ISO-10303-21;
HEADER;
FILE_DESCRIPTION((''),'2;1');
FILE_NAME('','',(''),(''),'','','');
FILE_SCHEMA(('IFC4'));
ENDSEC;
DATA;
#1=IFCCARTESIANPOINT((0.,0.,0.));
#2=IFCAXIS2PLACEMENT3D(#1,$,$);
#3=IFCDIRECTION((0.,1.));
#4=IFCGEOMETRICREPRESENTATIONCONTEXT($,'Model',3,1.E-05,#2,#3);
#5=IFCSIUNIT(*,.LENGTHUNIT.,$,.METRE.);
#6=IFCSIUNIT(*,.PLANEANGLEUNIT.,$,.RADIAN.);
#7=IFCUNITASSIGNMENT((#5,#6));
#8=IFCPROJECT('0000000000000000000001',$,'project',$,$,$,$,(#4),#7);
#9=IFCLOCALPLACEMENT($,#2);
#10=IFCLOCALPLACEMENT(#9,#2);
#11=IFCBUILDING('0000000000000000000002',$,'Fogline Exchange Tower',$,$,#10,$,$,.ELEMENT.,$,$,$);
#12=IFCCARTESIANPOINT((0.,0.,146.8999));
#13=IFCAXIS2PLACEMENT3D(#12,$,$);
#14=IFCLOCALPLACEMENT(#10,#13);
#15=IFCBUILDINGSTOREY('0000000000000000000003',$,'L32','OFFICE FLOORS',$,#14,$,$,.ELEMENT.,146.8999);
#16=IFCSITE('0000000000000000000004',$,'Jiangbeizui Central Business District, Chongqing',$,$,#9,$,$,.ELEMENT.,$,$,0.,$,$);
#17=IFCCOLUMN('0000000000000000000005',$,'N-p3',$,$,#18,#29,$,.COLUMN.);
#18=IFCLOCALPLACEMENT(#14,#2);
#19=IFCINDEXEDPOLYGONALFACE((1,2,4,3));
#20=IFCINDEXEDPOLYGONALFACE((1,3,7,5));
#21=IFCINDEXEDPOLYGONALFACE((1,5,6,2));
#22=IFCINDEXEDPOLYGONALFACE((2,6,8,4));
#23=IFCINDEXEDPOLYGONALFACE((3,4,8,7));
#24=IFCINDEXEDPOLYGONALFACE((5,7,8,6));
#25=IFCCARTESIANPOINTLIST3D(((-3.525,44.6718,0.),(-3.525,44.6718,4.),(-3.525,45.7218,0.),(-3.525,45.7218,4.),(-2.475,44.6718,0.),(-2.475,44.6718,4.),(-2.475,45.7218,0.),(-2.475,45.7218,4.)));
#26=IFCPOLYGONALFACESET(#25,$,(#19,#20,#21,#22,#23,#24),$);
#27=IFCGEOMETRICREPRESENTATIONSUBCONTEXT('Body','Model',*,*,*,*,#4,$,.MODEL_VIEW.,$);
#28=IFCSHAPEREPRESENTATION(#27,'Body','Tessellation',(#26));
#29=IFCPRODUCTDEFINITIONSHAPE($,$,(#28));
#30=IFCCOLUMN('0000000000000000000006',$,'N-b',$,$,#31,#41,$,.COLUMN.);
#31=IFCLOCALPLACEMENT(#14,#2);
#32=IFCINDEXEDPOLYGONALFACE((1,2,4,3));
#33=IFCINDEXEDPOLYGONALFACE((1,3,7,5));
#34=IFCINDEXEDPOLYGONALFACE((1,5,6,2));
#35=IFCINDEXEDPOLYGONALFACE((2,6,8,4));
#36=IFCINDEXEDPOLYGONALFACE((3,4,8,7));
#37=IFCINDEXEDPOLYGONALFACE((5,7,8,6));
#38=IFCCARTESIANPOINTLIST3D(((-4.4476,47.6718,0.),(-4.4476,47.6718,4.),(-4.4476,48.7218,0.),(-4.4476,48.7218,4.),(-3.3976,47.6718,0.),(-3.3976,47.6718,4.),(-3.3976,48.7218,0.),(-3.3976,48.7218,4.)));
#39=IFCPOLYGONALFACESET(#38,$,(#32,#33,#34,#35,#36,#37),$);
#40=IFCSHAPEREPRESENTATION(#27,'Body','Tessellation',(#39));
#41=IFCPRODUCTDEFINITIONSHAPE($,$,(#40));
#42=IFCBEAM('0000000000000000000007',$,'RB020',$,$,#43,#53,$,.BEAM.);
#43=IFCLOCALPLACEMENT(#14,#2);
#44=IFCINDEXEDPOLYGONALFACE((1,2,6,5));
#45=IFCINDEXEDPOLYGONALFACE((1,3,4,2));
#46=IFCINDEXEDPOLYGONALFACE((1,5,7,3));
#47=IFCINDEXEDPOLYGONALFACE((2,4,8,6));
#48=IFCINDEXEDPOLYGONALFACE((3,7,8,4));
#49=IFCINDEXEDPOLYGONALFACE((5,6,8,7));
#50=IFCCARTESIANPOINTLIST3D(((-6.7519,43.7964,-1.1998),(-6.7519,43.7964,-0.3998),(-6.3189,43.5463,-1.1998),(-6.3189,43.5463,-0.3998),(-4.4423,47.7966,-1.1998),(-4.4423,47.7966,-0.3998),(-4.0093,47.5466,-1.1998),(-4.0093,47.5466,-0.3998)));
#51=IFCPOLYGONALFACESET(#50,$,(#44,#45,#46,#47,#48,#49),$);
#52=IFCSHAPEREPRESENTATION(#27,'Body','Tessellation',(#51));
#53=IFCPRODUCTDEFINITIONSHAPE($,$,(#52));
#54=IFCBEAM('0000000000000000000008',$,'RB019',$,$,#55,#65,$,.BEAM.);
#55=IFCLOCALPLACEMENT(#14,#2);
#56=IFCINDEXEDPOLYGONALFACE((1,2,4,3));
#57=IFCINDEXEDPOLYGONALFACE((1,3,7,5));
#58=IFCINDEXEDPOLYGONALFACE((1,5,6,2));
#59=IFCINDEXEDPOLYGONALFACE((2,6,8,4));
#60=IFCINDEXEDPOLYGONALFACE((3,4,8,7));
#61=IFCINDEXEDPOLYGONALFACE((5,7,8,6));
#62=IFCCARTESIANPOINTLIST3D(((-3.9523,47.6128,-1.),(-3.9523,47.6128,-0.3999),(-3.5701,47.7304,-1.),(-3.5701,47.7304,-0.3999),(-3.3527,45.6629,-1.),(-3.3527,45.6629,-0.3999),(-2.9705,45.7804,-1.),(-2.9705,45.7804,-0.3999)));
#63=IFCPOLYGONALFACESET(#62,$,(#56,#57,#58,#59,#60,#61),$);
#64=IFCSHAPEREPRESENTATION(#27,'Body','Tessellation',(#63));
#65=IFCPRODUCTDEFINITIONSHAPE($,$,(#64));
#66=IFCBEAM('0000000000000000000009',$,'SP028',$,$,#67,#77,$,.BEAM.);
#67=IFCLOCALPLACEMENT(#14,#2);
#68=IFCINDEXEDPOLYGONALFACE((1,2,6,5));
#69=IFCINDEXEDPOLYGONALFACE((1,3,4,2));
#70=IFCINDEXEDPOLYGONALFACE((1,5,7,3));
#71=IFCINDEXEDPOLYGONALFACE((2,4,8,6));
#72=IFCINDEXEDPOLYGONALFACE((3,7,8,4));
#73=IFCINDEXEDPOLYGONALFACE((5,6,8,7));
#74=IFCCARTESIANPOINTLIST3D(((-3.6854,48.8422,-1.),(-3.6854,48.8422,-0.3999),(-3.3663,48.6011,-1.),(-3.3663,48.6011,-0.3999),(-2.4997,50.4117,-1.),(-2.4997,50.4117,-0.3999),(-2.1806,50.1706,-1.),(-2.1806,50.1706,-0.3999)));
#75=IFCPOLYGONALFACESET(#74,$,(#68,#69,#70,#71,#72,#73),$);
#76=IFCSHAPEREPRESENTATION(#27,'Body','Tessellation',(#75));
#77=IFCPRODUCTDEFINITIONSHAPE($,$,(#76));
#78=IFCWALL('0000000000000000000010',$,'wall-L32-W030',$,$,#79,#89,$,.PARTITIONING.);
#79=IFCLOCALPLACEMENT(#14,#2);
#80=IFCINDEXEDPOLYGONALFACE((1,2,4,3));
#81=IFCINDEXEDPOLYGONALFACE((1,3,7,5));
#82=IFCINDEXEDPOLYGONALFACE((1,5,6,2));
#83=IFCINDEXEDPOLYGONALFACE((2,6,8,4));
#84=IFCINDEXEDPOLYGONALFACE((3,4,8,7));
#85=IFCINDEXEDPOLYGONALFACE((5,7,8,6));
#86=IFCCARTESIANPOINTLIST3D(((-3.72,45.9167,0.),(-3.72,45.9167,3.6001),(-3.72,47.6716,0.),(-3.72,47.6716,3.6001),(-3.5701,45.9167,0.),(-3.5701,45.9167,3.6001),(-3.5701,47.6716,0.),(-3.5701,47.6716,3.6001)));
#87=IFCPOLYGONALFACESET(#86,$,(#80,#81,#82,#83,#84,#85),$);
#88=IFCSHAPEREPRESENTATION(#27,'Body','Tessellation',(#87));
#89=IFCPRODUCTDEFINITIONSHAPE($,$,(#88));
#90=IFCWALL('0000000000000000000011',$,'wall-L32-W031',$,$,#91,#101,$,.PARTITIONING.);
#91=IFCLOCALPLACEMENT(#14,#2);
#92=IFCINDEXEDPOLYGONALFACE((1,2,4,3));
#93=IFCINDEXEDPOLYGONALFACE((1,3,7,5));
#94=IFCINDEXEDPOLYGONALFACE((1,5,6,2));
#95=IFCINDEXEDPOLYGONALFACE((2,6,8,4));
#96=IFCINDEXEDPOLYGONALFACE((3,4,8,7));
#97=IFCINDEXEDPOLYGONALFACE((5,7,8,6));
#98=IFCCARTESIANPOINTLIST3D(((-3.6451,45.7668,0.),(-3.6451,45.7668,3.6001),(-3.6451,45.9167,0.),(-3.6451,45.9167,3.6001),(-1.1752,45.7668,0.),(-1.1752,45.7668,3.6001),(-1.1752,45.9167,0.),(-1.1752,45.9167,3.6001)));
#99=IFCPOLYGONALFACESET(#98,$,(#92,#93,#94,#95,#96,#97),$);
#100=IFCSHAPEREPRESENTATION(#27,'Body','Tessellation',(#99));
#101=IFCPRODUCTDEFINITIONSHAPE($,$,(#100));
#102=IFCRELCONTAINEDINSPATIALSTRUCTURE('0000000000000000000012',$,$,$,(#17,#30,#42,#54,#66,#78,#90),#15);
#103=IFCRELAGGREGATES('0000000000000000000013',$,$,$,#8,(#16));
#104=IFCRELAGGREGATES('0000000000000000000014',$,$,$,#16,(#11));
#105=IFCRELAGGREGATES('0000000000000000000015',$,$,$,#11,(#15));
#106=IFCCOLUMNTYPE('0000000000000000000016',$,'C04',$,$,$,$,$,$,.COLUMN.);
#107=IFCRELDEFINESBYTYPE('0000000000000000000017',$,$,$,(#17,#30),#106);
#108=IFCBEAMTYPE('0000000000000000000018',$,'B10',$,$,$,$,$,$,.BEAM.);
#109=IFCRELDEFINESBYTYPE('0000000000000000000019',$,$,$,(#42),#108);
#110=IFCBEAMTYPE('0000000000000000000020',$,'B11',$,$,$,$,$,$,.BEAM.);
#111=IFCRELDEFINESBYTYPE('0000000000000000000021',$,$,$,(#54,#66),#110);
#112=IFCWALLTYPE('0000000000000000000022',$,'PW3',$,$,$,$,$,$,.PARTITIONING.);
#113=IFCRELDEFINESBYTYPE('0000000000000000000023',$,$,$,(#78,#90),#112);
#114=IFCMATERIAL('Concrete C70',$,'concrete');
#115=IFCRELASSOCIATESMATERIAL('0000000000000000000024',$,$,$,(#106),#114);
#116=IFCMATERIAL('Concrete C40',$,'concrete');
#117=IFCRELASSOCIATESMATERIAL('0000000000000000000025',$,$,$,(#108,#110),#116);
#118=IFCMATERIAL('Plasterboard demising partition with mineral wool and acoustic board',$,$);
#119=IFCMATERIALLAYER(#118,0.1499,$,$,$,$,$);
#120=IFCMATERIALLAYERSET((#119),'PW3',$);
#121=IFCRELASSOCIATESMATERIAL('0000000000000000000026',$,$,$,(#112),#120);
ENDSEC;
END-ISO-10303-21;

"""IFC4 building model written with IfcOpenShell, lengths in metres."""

from ifc_helpers import new_model, si_unit, direction, frame, frame_2d, origin, origin_2d, place, context, subcontext, project, spatial, rectangle, extrude, material, layer, layer_set, material_profile, profile_set, type_object, element, save


model = new_model("IFC4")

# Units and contexts
model_context = context("Model", 3, precision=1e-05, world=origin(), true_north=direction((0.0, 1.0)))
body_context = subcontext(model_context, "Body", "Model", "MODEL_VIEW")
ifc_project = project(units=[si_unit("LENGTHUNIT", "METRE"), si_unit("PLANEANGLEUNIT", "RADIAN")], contexts=[model_context])

# Site, building, storey
site_placement = place(None, origin())
site = spatial("IfcSite", under=ifc_project, at=site_placement, Name="Jiangbeizui Central Business District, Chongqing", CompositionType="ELEMENT", RefElevation=0.0)
building_placement = place(site_placement, origin())
building = spatial("IfcBuilding", under=site, at=building_placement, Name="Fogline Exchange Tower", CompositionType="ELEMENT")
storey_placement = place(building_placement, frame((0.0, 0.0, 146.8999)))
storey = spatial("IfcBuildingStorey", under=building, at=storey_placement, Name="L32", Description="OFFICE FLOORS", CompositionType="ELEMENT", Elevation=146.8999)

# Columns
ifc_material_1 = material(Name="Concrete C70", Category="concrete")
ifc_material_profile_1 = material_profile(ifc_material_1, rectangle(XDim=1.05, YDim=1.05, at=origin_2d()), Name="RC 1050x1050")
ifc_profile_set_1 = profile_set([ifc_material_profile_1], Name="Concrete C70")
column_type = type_object("IfcColumnType", Name="C04", PredefinedType="COLUMN", material=ifc_profile_set_1)
for number, where, z_axis, x_axis, name in (
    (1, (-3.0, 45.1968, 0.0), (0.0, 0.0, 1.0), (1.0, 0.0, 0.0), "N-p3"),
    (2, (-3.9226, 48.1968, 0.0), (0.0, 0.0, 1.0), (1.0, 0.0, 0.0), "N-b"),
):
    element("IfcColumn", number, at=place(storey_placement, frame(where, z_axis=z_axis, x_axis=x_axis)), inside=storey, type_object=column_type, Name=name, PredefinedType="COLUMN", context=body_context, shape_type="SweptSolid", body=[
        extrude(rectangle(XDim=1.05, YDim=1.05, at=origin_2d()), origin(), (0.0, 0.0, 1.0), 4.0),
    ])

# Beams
ifc_material_2 = material(Name="Concrete C40", Category="concrete")
ifc_material_profile_2 = material_profile(ifc_material_2, rectangle(XDim=0.5, YDim=0.8, at=origin_2d()), Name="RC 500x800")
ifc_profile_set_2 = profile_set([ifc_material_profile_2], Name="Concrete C40")
beam_type_1 = type_object("IfcBeamType", Name="B10", PredefinedType="BEAM", material=ifc_profile_set_2)
beam_1_placement = place(storey_placement, frame((-4.2258, 47.6716, -0.7998), z_axis=(-0.500005, -0.866023, 0.0), x_axis=(0.866023, -0.500005, 0.0)))
element("IfcBeam", 3, at=beam_1_placement, inside=storey, type_object=beam_type_1, Name="RB020", PredefinedType="BEAM", context=body_context, shape_type="SweptSolid", body=[
    extrude(rectangle(XDim=0.5, YDim=0.8, at=origin_2d()), origin(), (0.0, 0.0, 1.0), 4.6191),
])
ifc_material_profile_3 = material_profile(ifc_material_2, rectangle(XDim=0.3999, YDim=0.6001, at=origin_2d()), Name="RC 400x600")
ifc_profile_set_3 = profile_set([ifc_material_profile_3], Name="Concrete C40")
beam_type_2 = type_object("IfcBeamType", Name="B11", PredefinedType="BEAM", material=ifc_profile_set_3)
beam_2_placement = place(storey_placement, frame((-3.1616, 45.7217, -0.7), z_axis=(-0.293918, 0.955831, 0.0), x_axis=(-0.955831, -0.293918, 0.0)))
element("IfcBeam", 4, at=beam_2_placement, inside=storey, type_object=beam_type_2, Name="RB019", PredefinedType="BEAM", context=body_context, shape_type="SweptSolid", body=[
    extrude(rectangle(XDim=0.3999, YDim=0.6001, at=origin_2d()), origin(), (0.0, 0.0, 1.0), 2.04),
])
beam_3_placement = place(storey_placement, frame((-3.5259, 48.7217, -0.7), z_axis=(0.602796, 0.797895, 0.0), x_axis=(-0.797895, 0.602796, 0.0)))
element("IfcBeam", 5, at=beam_3_placement, inside=storey, type_object=beam_type_2, Name="SP028", PredefinedType="BEAM", context=body_context, shape_type="SweptSolid", body=[
    extrude(rectangle(XDim=0.3999, YDim=0.6001, at=origin_2d()), origin(), (0.0, 0.0, 1.0), 1.967),
])

# Walls
ifc_material_3 = material(Name="Plasterboard demising partition with mineral wool and acoustic board")
ifc_layer_1 = layer(ifc_material_3, 0.1499)
ifc_layer_set_1 = layer_set([ifc_layer_1], Name="PW3")
wall_type_1 = type_object("IfcWallType", Name="PW3", PredefinedType="PARTITIONING", material=ifc_layer_set_1)
wall_1_placement = place(storey_placement, frame((-3.645, 47.6716, 0.0), z_axis=(0.0, 0.0, 1.0), x_axis=(0.0, -1.0, 0.0)))
element("IfcWall", 6, at=wall_1_placement, inside=storey, type_object=wall_type_1, Name="wall-L32-W030", PredefinedType="PARTITIONING", context=body_context, shape_type="SweptSolid", body=[
    extrude(rectangle(XDim=1.7549, YDim=0.1499, at=frame_2d((0.8774, 0.0))), origin(), (0.0, 0.0, 1.0), 3.6001),
])
wall_2_placement = place(storey_placement, frame((-3.645, 45.8418, 0.0), z_axis=(0.0, 0.0, 1.0), x_axis=(1.0, 0.0, 0.0)))
element("IfcWall", 7, at=wall_2_placement, inside=storey, type_object=wall_type_1, Name="wall-L32-W031", PredefinedType="PARTITIONING", context=body_context, shape_type="SweptSolid", body=[
    extrude(rectangle(XDim=2.47, YDim=0.1499, at=frame_2d((1.2349, 0.0))), origin(), (0.0, 0.0, 1.0), 3.6001),
])

save(model, "model.ifc")
